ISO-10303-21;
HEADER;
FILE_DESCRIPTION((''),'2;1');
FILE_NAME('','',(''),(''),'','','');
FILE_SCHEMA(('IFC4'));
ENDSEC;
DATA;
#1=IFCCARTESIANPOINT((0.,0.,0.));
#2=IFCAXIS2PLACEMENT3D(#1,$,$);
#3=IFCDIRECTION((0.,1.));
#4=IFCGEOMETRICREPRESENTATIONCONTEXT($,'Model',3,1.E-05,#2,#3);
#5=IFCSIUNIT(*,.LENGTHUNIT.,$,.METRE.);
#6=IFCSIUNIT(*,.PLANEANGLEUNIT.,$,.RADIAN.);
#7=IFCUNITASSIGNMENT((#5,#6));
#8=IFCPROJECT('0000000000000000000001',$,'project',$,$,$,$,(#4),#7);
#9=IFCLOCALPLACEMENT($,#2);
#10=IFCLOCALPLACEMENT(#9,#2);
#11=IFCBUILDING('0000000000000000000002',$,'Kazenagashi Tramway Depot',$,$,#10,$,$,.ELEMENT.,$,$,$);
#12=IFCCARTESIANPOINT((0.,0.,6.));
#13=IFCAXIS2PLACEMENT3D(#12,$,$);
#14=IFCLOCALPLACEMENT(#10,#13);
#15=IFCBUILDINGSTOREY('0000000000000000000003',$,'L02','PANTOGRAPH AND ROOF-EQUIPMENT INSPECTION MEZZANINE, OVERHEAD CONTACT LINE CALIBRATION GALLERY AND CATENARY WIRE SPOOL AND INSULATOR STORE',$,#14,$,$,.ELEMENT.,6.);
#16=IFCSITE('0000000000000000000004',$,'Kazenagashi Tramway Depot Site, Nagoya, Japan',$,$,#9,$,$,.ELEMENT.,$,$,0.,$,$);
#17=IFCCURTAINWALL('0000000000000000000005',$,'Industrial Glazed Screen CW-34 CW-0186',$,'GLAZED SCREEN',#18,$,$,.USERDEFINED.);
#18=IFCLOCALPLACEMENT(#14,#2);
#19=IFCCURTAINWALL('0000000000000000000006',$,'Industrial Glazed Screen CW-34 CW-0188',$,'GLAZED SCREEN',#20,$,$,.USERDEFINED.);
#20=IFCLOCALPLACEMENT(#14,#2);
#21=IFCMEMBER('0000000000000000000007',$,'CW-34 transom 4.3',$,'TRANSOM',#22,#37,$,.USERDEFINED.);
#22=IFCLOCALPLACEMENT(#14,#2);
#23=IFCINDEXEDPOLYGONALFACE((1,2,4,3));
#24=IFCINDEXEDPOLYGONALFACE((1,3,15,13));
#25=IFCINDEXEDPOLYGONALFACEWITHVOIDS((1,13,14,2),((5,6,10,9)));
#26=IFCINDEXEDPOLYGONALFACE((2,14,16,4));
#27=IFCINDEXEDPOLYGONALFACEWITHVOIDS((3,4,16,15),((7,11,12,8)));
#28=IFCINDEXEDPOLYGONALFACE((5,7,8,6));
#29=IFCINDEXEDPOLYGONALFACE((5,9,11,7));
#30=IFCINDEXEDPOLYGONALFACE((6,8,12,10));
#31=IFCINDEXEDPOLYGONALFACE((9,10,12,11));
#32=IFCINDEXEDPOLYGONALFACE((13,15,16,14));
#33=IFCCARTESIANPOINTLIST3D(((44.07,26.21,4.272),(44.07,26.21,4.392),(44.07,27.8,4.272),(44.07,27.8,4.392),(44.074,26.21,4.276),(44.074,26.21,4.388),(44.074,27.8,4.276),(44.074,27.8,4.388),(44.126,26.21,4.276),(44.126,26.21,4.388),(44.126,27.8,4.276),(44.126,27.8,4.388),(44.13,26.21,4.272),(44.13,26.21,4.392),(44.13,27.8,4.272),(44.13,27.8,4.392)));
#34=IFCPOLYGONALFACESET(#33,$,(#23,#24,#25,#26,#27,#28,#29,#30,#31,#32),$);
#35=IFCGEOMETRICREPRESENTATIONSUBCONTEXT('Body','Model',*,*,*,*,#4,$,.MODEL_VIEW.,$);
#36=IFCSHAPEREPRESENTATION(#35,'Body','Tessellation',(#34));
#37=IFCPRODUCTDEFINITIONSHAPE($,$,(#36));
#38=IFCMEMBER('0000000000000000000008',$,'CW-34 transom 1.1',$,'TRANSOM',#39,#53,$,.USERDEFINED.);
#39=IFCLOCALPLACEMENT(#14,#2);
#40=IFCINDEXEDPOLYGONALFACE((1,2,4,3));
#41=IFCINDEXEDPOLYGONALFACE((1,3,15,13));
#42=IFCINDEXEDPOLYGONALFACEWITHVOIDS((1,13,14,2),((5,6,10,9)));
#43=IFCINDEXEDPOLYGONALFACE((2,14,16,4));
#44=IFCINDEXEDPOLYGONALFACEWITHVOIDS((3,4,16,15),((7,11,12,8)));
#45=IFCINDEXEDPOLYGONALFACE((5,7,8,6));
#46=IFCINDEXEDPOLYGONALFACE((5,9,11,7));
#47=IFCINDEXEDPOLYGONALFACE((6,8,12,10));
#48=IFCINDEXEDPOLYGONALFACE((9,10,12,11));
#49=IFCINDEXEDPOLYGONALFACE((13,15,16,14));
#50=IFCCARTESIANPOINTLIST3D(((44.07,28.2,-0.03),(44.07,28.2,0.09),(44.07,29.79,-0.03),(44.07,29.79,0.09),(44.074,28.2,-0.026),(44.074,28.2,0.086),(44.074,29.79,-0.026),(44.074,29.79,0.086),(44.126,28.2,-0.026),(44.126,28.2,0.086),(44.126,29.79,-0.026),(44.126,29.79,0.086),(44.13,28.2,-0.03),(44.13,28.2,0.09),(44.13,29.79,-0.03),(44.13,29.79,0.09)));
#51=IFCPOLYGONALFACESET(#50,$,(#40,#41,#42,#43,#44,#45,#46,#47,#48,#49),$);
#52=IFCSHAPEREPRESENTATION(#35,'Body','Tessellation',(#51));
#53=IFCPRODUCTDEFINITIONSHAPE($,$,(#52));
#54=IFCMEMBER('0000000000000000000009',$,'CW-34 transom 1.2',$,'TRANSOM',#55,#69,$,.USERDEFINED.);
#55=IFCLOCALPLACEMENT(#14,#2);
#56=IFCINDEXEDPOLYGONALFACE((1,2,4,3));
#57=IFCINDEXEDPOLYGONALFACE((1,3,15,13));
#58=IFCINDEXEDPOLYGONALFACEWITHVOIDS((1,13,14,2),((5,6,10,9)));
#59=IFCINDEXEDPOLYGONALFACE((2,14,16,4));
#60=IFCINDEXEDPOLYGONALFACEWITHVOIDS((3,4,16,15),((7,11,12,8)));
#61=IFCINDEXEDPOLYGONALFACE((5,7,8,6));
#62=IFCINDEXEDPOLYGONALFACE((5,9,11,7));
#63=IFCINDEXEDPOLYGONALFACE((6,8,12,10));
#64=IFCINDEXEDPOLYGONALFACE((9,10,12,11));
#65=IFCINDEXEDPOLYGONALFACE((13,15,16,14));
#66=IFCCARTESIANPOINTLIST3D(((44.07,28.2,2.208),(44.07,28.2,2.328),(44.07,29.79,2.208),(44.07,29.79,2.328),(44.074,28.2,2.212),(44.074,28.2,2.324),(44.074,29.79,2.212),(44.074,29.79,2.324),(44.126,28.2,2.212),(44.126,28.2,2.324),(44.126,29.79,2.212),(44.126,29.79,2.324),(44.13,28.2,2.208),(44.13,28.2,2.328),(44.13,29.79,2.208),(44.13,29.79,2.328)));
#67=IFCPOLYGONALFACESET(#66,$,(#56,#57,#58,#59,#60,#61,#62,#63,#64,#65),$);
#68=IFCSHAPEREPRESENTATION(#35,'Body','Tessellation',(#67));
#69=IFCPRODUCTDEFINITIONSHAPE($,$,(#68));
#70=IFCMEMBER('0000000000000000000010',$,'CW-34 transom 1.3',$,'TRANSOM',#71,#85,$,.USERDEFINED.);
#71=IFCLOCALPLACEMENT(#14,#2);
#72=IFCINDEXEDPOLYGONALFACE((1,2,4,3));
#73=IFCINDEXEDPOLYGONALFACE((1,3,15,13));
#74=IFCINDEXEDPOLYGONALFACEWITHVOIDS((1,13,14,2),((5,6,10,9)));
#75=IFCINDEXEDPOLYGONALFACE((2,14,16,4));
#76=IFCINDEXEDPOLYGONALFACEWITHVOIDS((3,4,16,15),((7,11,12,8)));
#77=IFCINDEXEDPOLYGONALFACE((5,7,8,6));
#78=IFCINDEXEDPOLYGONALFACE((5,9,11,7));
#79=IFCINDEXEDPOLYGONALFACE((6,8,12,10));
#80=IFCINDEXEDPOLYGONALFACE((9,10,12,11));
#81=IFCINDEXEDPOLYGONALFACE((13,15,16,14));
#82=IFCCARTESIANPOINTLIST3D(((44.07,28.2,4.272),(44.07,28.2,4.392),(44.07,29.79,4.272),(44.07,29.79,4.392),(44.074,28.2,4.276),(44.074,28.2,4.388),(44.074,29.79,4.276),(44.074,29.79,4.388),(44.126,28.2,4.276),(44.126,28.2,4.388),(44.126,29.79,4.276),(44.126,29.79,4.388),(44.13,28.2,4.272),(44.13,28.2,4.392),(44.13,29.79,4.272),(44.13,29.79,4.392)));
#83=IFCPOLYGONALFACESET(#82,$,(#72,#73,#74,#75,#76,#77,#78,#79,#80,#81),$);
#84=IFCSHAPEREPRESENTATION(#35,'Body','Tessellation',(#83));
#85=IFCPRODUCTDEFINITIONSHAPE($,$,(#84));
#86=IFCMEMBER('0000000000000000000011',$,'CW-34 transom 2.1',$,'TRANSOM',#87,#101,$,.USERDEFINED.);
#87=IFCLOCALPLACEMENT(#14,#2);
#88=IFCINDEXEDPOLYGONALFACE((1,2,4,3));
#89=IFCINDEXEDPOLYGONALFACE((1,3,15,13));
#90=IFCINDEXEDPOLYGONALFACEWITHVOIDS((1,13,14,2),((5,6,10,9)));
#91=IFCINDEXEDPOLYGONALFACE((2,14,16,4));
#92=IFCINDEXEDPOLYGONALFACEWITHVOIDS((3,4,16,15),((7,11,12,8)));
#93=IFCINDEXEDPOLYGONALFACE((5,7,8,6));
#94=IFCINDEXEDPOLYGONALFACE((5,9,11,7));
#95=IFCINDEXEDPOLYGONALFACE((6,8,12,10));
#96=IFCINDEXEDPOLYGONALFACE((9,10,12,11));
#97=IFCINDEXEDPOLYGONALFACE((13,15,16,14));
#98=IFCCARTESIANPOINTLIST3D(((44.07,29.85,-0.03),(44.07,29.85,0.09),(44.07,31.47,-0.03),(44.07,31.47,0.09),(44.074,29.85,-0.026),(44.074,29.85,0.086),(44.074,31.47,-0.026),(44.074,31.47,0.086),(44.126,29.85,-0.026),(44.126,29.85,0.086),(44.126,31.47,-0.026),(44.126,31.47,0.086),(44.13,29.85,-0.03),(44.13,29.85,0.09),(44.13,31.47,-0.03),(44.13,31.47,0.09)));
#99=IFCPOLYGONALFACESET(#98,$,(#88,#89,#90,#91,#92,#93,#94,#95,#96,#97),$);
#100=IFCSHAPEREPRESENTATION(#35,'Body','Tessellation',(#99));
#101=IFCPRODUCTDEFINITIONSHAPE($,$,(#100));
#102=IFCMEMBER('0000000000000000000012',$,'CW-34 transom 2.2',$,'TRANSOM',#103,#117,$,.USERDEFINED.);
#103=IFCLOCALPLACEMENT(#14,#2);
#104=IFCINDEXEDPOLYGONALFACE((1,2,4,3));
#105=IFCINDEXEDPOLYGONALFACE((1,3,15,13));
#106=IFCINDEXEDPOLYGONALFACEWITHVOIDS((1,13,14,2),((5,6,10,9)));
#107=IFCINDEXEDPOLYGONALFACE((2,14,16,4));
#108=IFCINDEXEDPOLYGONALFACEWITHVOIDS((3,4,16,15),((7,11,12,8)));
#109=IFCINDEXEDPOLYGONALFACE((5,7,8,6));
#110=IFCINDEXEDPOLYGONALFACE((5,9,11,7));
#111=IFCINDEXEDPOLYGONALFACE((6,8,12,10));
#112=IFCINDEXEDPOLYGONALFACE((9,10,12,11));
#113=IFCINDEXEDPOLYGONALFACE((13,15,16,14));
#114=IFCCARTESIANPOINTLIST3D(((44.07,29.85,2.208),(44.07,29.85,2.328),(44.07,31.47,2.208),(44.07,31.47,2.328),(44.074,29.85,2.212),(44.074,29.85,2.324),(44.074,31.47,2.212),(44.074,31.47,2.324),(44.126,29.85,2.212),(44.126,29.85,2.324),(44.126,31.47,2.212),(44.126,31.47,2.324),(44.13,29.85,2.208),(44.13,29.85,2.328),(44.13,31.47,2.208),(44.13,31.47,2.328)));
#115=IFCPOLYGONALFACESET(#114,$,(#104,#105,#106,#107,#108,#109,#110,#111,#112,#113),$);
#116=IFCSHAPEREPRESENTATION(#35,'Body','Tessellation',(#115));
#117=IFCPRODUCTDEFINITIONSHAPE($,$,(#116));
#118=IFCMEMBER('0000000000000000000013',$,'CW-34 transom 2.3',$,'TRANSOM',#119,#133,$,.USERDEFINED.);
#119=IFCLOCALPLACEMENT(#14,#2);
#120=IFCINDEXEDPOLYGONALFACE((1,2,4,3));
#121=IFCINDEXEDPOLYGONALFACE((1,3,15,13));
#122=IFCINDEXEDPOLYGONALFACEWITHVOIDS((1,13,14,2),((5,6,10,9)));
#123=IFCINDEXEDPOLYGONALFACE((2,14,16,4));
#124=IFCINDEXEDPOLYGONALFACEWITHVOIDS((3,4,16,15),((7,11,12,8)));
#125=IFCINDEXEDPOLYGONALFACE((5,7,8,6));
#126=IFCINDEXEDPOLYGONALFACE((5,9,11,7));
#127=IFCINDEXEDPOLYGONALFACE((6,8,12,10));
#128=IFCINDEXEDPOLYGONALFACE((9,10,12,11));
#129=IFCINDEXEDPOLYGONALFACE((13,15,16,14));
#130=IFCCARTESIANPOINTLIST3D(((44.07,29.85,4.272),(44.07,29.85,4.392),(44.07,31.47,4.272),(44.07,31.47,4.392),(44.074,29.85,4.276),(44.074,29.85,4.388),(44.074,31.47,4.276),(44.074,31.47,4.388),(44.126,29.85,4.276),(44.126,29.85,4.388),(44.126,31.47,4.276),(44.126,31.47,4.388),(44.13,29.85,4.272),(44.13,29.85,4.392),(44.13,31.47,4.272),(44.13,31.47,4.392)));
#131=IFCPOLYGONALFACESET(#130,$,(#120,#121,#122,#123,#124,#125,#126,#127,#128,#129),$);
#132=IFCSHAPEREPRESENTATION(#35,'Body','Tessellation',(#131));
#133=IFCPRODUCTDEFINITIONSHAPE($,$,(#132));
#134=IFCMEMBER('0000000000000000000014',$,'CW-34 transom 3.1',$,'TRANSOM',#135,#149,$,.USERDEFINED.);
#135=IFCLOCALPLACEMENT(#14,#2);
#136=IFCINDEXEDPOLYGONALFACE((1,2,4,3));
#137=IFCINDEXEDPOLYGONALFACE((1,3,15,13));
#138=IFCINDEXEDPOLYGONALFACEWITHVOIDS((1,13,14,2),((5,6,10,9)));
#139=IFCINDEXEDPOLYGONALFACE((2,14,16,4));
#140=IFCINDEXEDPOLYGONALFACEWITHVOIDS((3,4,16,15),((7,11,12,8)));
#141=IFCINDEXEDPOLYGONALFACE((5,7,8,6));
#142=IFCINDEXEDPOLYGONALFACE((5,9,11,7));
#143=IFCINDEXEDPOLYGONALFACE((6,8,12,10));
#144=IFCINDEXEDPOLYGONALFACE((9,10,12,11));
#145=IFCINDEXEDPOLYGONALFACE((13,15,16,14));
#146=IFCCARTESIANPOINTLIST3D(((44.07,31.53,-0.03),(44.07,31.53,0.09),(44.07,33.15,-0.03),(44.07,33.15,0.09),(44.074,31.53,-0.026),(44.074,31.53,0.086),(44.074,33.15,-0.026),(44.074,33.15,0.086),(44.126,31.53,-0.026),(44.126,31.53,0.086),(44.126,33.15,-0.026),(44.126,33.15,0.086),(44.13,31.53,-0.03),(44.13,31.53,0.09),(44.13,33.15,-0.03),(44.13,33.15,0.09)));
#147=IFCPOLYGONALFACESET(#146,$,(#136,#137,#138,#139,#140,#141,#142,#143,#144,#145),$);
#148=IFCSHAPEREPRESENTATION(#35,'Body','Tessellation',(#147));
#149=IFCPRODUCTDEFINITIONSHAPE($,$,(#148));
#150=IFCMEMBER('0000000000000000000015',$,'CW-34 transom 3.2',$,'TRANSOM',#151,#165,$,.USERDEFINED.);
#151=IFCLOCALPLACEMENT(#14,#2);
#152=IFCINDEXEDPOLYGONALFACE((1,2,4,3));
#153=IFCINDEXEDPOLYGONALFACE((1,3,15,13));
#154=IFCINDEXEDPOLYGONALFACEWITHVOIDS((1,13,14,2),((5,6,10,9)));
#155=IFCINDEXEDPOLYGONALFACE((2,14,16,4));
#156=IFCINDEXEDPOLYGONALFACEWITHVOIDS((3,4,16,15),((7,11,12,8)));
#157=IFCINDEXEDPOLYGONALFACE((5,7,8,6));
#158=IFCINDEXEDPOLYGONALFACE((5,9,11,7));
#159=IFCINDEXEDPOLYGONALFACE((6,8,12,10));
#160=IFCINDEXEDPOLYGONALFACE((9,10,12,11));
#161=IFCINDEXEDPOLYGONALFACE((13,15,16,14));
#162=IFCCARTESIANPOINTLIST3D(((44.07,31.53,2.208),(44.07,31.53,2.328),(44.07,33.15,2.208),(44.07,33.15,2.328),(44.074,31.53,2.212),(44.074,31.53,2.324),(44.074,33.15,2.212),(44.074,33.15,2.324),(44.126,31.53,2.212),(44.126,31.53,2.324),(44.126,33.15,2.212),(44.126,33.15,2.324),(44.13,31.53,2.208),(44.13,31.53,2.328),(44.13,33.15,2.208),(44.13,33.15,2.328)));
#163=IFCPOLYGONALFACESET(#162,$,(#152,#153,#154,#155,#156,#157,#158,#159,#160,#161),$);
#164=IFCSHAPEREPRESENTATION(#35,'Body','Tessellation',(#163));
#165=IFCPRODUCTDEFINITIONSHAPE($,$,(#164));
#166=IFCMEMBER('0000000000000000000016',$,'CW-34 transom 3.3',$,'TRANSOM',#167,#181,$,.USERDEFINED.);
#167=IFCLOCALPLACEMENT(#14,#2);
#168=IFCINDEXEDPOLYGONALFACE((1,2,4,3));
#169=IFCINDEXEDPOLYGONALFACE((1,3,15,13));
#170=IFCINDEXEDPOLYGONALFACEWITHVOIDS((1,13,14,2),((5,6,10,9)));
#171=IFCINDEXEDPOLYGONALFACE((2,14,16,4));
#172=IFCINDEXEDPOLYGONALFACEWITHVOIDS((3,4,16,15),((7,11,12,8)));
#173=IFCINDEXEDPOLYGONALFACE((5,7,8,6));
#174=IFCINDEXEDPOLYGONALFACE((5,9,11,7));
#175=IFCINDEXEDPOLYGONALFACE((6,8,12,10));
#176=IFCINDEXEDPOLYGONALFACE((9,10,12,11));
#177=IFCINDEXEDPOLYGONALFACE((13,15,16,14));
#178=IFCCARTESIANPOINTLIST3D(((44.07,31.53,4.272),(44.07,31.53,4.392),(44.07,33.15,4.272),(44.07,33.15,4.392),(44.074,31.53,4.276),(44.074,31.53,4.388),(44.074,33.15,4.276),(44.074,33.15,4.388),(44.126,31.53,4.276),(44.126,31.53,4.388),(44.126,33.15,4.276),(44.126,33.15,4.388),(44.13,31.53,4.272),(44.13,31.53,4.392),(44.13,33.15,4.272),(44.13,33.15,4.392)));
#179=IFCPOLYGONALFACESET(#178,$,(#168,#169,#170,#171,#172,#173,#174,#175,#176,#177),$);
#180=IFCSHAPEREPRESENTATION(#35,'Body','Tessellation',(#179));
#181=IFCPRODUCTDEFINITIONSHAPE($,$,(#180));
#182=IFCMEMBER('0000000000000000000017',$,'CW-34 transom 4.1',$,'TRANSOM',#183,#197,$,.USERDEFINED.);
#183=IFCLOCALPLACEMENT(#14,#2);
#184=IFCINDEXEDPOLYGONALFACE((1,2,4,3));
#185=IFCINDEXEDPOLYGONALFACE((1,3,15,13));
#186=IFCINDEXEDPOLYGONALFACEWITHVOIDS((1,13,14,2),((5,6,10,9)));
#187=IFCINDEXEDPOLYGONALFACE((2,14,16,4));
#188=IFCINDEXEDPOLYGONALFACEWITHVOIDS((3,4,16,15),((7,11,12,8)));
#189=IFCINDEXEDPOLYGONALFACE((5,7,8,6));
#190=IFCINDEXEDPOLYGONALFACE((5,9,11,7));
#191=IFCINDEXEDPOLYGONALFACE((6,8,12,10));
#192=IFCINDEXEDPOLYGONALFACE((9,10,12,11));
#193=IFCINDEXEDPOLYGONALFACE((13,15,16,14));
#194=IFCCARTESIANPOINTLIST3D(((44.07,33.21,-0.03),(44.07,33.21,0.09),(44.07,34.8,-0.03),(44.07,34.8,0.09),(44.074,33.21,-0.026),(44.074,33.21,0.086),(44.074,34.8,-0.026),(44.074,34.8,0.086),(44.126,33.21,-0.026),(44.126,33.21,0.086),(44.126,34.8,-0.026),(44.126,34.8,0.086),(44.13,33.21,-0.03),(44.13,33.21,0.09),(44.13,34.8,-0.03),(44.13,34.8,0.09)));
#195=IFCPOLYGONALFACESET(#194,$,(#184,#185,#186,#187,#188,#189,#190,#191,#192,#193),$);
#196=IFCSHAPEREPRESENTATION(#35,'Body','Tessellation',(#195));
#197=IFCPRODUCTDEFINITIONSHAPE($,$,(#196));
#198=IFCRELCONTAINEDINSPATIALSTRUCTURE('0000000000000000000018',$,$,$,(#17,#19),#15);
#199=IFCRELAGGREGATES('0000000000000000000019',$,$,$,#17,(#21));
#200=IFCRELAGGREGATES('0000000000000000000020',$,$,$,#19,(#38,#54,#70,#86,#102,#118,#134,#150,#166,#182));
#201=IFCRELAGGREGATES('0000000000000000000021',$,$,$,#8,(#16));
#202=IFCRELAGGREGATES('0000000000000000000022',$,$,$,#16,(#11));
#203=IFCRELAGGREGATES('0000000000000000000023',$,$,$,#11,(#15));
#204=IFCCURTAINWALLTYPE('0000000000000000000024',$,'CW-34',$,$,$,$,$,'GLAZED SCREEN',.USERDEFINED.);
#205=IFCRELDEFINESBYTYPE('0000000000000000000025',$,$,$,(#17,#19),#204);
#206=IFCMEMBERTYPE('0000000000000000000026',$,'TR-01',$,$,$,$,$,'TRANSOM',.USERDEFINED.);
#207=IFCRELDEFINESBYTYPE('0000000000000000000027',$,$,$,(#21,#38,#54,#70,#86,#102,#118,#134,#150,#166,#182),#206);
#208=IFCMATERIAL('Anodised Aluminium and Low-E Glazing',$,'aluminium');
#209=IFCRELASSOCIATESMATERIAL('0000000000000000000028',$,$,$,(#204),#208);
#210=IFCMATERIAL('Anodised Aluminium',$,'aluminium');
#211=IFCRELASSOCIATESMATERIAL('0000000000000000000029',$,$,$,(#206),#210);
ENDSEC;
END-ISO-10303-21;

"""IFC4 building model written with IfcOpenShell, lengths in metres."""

from ifc_helpers import new_model, si_unit, direction, frame, origin, origin_2d, place, context, subcontext, project, spatial, hollow_rectangle, extrude, material, material_profile, profile_set, type_object, element, aggregate, save


model = new_model("IFC4")

# Units and contexts
model_context = context("Model", 3, precision=1e-05, world=origin(), true_north=direction((0.0, 1.0)))
body_context = subcontext(model_context, "Body", "Model", "MODEL_VIEW")
ifc_project = project(units=[si_unit("LENGTHUNIT", "METRE"), si_unit("PLANEANGLEUNIT", "RADIAN")], contexts=[model_context])

# Site, building, storey
site_placement = place(None, origin())
site = spatial("IfcSite", under=ifc_project, at=site_placement, Name="Kazenagashi Tramway Depot Site, Nagoya, Japan", CompositionType="ELEMENT", RefElevation=0.0)
building_placement = place(site_placement, origin())
building = spatial("IfcBuilding", under=site, at=building_placement, Name="Kazenagashi Tramway Depot", CompositionType="ELEMENT")
storey_placement = place(building_placement, frame((0.0, 0.0, 6.0)))
storey = spatial("IfcBuildingStorey", under=building, at=storey_placement, Name="L02", Description="PANTOGRAPH AND ROOF-EQUIPMENT INSPECTION MEZZANINE, OVERHEAD CONTACT LINE CALIBRATION GALLERY AND CATENARY WIRE SPOOL AND INSULATOR STORE", CompositionType="ELEMENT", Elevation=6.0)

# Curtain walls
ifc_material_1 = material(Name="Anodised Aluminium and Low-E Glazing", Category="aluminium")
curtain_wall_type = type_object("IfcCurtainWallType", Name="CW-34", ElementType="GLAZED SCREEN", PredefinedType="USERDEFINED", material=ifc_material_1)
curtain_wall_1_placement = place(storey_placement, origin())
curtain_wall_1 = element("IfcCurtainWall", 1, at=curtain_wall_1_placement, inside=storey, type_object=curtain_wall_type, Name="Industrial Glazed Screen CW-34 CW-0186", ObjectType="GLAZED SCREEN", PredefinedType="USERDEFINED")
ifc_material_2 = material(Name="Anodised Aluminium", Category="aluminium")
curtain_wall_2_placement = place(storey_placement, origin())
curtain_wall_2 = element("IfcCurtainWall", 2, at=curtain_wall_2_placement, inside=storey, type_object=curtain_wall_type, Name="Industrial Glazed Screen CW-34 CW-0188", ObjectType="GLAZED SCREEN", PredefinedType="USERDEFINED")

# Members
ifc_material_profile_1 = material_profile(ifc_material_2, hollow_rectangle(XDim=0.06, YDim=0.12, WallThickness=0.004, at=origin_2d()), Name="RHS-120x60x4")
ifc_profile_set_1 = profile_set([ifc_material_profile_1], Name="Anodised Aluminium")
member_type_1 = type_object("IfcMemberType", Name="TR-01", ElementType="TRANSOM", PredefinedType="USERDEFINED", material=ifc_profile_set_1)
member_1_placement = place(storey_placement, frame((44.1, 26.21, 4.332), z_axis=(0.0, 1.0, 0.0), x_axis=(-1.0, 0.0, 0.0)))
member_1 = element("IfcMember", 3, at=member_1_placement, type_object=member_type_1, Name="CW-34 transom 4.3", ObjectType="TRANSOM", PredefinedType="USERDEFINED", context=body_context, shape_type="SweptSolid", body=[
    extrude(hollow_rectangle(XDim=0.06, YDim=0.12, WallThickness=0.004, at=origin_2d()), origin(), (0.0, 0.0, 1.0), 1.59),
])
member_2_placement = place(storey_placement, frame((44.1, 28.2, 0.03), z_axis=(0.0, 1.0, 0.0), x_axis=(-1.0, 0.0, 0.0)))
member_2 = element("IfcMember", 4, at=member_2_placement, type_object=member_type_1, Name="CW-34 transom 1.1", ObjectType="TRANSOM", PredefinedType="USERDEFINED", context=body_context, shape_type="SweptSolid", body=[
    extrude(hollow_rectangle(XDim=0.06, YDim=0.12, WallThickness=0.004, at=origin_2d()), origin(), (0.0, 0.0, 1.0), 1.59),
])
member_3_placement = place(storey_placement, frame((44.1, 28.2, 2.268), z_axis=(0.0, 1.0, 0.0), x_axis=(-1.0, 0.0, 0.0)))
member_3 = element("IfcMember", 5, at=member_3_placement, type_object=member_type_1, Name="CW-34 transom 1.2", ObjectType="TRANSOM", PredefinedType="USERDEFINED", context=body_context, shape_type="SweptSolid", body=[
    extrude(hollow_rectangle(XDim=0.06, YDim=0.12, WallThickness=0.004, at=origin_2d()), origin(), (0.0, 0.0, 1.0), 1.59),
])
member_4_placement = place(storey_placement, frame((44.1, 28.2, 4.332), z_axis=(0.0, 1.0, 0.0), x_axis=(-1.0, 0.0, 0.0)))
member_4 = element("IfcMember", 6, at=member_4_placement, type_object=member_type_1, Name="CW-34 transom 1.3", ObjectType="TRANSOM", PredefinedType="USERDEFINED", context=body_context, shape_type="SweptSolid", body=[
    extrude(hollow_rectangle(XDim=0.06, YDim=0.12, WallThickness=0.004, at=origin_2d()), origin(), (0.0, 0.0, 1.0), 1.59),
])
member_5_placement = place(storey_placement, frame((44.1, 29.85, 0.03), z_axis=(0.0, 1.0, 0.0), x_axis=(-1.0, 0.0, 0.0)))
member_5 = element("IfcMember", 7, at=member_5_placement, type_object=member_type_1, Name="CW-34 transom 2.1", ObjectType="TRANSOM", PredefinedType="USERDEFINED", context=body_context, shape_type="SweptSolid", body=[
    extrude(hollow_rectangle(XDim=0.06, YDim=0.12, WallThickness=0.004, at=origin_2d()), origin(), (0.0, 0.0, 1.0), 1.62),
])
member_6_placement = place(storey_placement, frame((44.1, 29.85, 2.268), z_axis=(0.0, 1.0, 0.0), x_axis=(-1.0, 0.0, 0.0)))
member_6 = element("IfcMember", 8, at=member_6_placement, type_object=member_type_1, Name="CW-34 transom 2.2", ObjectType="TRANSOM", PredefinedType="USERDEFINED", context=body_context, shape_type="SweptSolid", body=[
    extrude(hollow_rectangle(XDim=0.06, YDim=0.12, WallThickness=0.004, at=origin_2d()), origin(), (0.0, 0.0, 1.0), 1.62),
])
member_7_placement = place(storey_placement, frame((44.1, 29.85, 4.332), z_axis=(0.0, 1.0, 0.0), x_axis=(-1.0, 0.0, 0.0)))
member_7 = element("IfcMember", 9, at=member_7_placement, type_object=member_type_1, Name="CW-34 transom 2.3", ObjectType="TRANSOM", PredefinedType="USERDEFINED", context=body_context, shape_type="SweptSolid", body=[
    extrude(hollow_rectangle(XDim=0.06, YDim=0.12, WallThickness=0.004, at=origin_2d()), origin(), (0.0, 0.0, 1.0), 1.62),
])
member_8_placement = place(storey_placement, frame((44.1, 31.53, 0.03), z_axis=(0.0, 1.0, 0.0), x_axis=(-1.0, 0.0, 0.0)))
member_8 = element("IfcMember", 10, at=member_8_placement, type_object=member_type_1, Name="CW-34 transom 3.1", ObjectType="TRANSOM", PredefinedType="USERDEFINED", context=body_context, shape_type="SweptSolid", body=[
    extrude(hollow_rectangle(XDim=0.06, YDim=0.12, WallThickness=0.004, at=origin_2d()), origin(), (0.0, 0.0, 1.0), 1.62),
])
member_9_placement = place(storey_placement, frame((44.1, 31.53, 2.268), z_axis=(0.0, 1.0, 0.0), x_axis=(-1.0, 0.0, 0.0)))
member_9 = element("IfcMember", 11, at=member_9_placement, type_object=member_type_1, Name="CW-34 transom 3.2", ObjectType="TRANSOM", PredefinedType="USERDEFINED", context=body_context, shape_type="SweptSolid", body=[
    extrude(hollow_rectangle(XDim=0.06, YDim=0.12, WallThickness=0.004, at=origin_2d()), origin(), (0.0, 0.0, 1.0), 1.62),
])
member_10_placement = place(storey_placement, frame((44.1, 31.53, 4.332), z_axis=(0.0, 1.0, 0.0), x_axis=(-1.0, 0.0, 0.0)))
member_10 = element("IfcMember", 12, at=member_10_placement, type_object=member_type_1, Name="CW-34 transom 3.3", ObjectType="TRANSOM", PredefinedType="USERDEFINED", context=body_context, shape_type="SweptSolid", body=[
    extrude(hollow_rectangle(XDim=0.06, YDim=0.12, WallThickness=0.004, at=origin_2d()), origin(), (0.0, 0.0, 1.0), 1.62),
])
member_11_placement = place(storey_placement, frame((44.1, 33.21, 0.03), z_axis=(0.0, 1.0, 0.0), x_axis=(-1.0, 0.0, 0.0)))
member_11 = element("IfcMember", 13, at=member_11_placement, type_object=member_type_1, Name="CW-34 transom 4.1", ObjectType="TRANSOM", PredefinedType="USERDEFINED", context=body_context, shape_type="SweptSolid", body=[
    extrude(hollow_rectangle(XDim=0.06, YDim=0.12, WallThickness=0.004, at=origin_2d()), origin(), (0.0, 0.0, 1.0), 1.59),
])

aggregate(curtain_wall_1, [member_1])
aggregate(curtain_wall_2, [member_2, member_3, member_4, member_5, member_6, member_7, member_8, member_9, member_10, member_11])

save(model, "model.ifc")
